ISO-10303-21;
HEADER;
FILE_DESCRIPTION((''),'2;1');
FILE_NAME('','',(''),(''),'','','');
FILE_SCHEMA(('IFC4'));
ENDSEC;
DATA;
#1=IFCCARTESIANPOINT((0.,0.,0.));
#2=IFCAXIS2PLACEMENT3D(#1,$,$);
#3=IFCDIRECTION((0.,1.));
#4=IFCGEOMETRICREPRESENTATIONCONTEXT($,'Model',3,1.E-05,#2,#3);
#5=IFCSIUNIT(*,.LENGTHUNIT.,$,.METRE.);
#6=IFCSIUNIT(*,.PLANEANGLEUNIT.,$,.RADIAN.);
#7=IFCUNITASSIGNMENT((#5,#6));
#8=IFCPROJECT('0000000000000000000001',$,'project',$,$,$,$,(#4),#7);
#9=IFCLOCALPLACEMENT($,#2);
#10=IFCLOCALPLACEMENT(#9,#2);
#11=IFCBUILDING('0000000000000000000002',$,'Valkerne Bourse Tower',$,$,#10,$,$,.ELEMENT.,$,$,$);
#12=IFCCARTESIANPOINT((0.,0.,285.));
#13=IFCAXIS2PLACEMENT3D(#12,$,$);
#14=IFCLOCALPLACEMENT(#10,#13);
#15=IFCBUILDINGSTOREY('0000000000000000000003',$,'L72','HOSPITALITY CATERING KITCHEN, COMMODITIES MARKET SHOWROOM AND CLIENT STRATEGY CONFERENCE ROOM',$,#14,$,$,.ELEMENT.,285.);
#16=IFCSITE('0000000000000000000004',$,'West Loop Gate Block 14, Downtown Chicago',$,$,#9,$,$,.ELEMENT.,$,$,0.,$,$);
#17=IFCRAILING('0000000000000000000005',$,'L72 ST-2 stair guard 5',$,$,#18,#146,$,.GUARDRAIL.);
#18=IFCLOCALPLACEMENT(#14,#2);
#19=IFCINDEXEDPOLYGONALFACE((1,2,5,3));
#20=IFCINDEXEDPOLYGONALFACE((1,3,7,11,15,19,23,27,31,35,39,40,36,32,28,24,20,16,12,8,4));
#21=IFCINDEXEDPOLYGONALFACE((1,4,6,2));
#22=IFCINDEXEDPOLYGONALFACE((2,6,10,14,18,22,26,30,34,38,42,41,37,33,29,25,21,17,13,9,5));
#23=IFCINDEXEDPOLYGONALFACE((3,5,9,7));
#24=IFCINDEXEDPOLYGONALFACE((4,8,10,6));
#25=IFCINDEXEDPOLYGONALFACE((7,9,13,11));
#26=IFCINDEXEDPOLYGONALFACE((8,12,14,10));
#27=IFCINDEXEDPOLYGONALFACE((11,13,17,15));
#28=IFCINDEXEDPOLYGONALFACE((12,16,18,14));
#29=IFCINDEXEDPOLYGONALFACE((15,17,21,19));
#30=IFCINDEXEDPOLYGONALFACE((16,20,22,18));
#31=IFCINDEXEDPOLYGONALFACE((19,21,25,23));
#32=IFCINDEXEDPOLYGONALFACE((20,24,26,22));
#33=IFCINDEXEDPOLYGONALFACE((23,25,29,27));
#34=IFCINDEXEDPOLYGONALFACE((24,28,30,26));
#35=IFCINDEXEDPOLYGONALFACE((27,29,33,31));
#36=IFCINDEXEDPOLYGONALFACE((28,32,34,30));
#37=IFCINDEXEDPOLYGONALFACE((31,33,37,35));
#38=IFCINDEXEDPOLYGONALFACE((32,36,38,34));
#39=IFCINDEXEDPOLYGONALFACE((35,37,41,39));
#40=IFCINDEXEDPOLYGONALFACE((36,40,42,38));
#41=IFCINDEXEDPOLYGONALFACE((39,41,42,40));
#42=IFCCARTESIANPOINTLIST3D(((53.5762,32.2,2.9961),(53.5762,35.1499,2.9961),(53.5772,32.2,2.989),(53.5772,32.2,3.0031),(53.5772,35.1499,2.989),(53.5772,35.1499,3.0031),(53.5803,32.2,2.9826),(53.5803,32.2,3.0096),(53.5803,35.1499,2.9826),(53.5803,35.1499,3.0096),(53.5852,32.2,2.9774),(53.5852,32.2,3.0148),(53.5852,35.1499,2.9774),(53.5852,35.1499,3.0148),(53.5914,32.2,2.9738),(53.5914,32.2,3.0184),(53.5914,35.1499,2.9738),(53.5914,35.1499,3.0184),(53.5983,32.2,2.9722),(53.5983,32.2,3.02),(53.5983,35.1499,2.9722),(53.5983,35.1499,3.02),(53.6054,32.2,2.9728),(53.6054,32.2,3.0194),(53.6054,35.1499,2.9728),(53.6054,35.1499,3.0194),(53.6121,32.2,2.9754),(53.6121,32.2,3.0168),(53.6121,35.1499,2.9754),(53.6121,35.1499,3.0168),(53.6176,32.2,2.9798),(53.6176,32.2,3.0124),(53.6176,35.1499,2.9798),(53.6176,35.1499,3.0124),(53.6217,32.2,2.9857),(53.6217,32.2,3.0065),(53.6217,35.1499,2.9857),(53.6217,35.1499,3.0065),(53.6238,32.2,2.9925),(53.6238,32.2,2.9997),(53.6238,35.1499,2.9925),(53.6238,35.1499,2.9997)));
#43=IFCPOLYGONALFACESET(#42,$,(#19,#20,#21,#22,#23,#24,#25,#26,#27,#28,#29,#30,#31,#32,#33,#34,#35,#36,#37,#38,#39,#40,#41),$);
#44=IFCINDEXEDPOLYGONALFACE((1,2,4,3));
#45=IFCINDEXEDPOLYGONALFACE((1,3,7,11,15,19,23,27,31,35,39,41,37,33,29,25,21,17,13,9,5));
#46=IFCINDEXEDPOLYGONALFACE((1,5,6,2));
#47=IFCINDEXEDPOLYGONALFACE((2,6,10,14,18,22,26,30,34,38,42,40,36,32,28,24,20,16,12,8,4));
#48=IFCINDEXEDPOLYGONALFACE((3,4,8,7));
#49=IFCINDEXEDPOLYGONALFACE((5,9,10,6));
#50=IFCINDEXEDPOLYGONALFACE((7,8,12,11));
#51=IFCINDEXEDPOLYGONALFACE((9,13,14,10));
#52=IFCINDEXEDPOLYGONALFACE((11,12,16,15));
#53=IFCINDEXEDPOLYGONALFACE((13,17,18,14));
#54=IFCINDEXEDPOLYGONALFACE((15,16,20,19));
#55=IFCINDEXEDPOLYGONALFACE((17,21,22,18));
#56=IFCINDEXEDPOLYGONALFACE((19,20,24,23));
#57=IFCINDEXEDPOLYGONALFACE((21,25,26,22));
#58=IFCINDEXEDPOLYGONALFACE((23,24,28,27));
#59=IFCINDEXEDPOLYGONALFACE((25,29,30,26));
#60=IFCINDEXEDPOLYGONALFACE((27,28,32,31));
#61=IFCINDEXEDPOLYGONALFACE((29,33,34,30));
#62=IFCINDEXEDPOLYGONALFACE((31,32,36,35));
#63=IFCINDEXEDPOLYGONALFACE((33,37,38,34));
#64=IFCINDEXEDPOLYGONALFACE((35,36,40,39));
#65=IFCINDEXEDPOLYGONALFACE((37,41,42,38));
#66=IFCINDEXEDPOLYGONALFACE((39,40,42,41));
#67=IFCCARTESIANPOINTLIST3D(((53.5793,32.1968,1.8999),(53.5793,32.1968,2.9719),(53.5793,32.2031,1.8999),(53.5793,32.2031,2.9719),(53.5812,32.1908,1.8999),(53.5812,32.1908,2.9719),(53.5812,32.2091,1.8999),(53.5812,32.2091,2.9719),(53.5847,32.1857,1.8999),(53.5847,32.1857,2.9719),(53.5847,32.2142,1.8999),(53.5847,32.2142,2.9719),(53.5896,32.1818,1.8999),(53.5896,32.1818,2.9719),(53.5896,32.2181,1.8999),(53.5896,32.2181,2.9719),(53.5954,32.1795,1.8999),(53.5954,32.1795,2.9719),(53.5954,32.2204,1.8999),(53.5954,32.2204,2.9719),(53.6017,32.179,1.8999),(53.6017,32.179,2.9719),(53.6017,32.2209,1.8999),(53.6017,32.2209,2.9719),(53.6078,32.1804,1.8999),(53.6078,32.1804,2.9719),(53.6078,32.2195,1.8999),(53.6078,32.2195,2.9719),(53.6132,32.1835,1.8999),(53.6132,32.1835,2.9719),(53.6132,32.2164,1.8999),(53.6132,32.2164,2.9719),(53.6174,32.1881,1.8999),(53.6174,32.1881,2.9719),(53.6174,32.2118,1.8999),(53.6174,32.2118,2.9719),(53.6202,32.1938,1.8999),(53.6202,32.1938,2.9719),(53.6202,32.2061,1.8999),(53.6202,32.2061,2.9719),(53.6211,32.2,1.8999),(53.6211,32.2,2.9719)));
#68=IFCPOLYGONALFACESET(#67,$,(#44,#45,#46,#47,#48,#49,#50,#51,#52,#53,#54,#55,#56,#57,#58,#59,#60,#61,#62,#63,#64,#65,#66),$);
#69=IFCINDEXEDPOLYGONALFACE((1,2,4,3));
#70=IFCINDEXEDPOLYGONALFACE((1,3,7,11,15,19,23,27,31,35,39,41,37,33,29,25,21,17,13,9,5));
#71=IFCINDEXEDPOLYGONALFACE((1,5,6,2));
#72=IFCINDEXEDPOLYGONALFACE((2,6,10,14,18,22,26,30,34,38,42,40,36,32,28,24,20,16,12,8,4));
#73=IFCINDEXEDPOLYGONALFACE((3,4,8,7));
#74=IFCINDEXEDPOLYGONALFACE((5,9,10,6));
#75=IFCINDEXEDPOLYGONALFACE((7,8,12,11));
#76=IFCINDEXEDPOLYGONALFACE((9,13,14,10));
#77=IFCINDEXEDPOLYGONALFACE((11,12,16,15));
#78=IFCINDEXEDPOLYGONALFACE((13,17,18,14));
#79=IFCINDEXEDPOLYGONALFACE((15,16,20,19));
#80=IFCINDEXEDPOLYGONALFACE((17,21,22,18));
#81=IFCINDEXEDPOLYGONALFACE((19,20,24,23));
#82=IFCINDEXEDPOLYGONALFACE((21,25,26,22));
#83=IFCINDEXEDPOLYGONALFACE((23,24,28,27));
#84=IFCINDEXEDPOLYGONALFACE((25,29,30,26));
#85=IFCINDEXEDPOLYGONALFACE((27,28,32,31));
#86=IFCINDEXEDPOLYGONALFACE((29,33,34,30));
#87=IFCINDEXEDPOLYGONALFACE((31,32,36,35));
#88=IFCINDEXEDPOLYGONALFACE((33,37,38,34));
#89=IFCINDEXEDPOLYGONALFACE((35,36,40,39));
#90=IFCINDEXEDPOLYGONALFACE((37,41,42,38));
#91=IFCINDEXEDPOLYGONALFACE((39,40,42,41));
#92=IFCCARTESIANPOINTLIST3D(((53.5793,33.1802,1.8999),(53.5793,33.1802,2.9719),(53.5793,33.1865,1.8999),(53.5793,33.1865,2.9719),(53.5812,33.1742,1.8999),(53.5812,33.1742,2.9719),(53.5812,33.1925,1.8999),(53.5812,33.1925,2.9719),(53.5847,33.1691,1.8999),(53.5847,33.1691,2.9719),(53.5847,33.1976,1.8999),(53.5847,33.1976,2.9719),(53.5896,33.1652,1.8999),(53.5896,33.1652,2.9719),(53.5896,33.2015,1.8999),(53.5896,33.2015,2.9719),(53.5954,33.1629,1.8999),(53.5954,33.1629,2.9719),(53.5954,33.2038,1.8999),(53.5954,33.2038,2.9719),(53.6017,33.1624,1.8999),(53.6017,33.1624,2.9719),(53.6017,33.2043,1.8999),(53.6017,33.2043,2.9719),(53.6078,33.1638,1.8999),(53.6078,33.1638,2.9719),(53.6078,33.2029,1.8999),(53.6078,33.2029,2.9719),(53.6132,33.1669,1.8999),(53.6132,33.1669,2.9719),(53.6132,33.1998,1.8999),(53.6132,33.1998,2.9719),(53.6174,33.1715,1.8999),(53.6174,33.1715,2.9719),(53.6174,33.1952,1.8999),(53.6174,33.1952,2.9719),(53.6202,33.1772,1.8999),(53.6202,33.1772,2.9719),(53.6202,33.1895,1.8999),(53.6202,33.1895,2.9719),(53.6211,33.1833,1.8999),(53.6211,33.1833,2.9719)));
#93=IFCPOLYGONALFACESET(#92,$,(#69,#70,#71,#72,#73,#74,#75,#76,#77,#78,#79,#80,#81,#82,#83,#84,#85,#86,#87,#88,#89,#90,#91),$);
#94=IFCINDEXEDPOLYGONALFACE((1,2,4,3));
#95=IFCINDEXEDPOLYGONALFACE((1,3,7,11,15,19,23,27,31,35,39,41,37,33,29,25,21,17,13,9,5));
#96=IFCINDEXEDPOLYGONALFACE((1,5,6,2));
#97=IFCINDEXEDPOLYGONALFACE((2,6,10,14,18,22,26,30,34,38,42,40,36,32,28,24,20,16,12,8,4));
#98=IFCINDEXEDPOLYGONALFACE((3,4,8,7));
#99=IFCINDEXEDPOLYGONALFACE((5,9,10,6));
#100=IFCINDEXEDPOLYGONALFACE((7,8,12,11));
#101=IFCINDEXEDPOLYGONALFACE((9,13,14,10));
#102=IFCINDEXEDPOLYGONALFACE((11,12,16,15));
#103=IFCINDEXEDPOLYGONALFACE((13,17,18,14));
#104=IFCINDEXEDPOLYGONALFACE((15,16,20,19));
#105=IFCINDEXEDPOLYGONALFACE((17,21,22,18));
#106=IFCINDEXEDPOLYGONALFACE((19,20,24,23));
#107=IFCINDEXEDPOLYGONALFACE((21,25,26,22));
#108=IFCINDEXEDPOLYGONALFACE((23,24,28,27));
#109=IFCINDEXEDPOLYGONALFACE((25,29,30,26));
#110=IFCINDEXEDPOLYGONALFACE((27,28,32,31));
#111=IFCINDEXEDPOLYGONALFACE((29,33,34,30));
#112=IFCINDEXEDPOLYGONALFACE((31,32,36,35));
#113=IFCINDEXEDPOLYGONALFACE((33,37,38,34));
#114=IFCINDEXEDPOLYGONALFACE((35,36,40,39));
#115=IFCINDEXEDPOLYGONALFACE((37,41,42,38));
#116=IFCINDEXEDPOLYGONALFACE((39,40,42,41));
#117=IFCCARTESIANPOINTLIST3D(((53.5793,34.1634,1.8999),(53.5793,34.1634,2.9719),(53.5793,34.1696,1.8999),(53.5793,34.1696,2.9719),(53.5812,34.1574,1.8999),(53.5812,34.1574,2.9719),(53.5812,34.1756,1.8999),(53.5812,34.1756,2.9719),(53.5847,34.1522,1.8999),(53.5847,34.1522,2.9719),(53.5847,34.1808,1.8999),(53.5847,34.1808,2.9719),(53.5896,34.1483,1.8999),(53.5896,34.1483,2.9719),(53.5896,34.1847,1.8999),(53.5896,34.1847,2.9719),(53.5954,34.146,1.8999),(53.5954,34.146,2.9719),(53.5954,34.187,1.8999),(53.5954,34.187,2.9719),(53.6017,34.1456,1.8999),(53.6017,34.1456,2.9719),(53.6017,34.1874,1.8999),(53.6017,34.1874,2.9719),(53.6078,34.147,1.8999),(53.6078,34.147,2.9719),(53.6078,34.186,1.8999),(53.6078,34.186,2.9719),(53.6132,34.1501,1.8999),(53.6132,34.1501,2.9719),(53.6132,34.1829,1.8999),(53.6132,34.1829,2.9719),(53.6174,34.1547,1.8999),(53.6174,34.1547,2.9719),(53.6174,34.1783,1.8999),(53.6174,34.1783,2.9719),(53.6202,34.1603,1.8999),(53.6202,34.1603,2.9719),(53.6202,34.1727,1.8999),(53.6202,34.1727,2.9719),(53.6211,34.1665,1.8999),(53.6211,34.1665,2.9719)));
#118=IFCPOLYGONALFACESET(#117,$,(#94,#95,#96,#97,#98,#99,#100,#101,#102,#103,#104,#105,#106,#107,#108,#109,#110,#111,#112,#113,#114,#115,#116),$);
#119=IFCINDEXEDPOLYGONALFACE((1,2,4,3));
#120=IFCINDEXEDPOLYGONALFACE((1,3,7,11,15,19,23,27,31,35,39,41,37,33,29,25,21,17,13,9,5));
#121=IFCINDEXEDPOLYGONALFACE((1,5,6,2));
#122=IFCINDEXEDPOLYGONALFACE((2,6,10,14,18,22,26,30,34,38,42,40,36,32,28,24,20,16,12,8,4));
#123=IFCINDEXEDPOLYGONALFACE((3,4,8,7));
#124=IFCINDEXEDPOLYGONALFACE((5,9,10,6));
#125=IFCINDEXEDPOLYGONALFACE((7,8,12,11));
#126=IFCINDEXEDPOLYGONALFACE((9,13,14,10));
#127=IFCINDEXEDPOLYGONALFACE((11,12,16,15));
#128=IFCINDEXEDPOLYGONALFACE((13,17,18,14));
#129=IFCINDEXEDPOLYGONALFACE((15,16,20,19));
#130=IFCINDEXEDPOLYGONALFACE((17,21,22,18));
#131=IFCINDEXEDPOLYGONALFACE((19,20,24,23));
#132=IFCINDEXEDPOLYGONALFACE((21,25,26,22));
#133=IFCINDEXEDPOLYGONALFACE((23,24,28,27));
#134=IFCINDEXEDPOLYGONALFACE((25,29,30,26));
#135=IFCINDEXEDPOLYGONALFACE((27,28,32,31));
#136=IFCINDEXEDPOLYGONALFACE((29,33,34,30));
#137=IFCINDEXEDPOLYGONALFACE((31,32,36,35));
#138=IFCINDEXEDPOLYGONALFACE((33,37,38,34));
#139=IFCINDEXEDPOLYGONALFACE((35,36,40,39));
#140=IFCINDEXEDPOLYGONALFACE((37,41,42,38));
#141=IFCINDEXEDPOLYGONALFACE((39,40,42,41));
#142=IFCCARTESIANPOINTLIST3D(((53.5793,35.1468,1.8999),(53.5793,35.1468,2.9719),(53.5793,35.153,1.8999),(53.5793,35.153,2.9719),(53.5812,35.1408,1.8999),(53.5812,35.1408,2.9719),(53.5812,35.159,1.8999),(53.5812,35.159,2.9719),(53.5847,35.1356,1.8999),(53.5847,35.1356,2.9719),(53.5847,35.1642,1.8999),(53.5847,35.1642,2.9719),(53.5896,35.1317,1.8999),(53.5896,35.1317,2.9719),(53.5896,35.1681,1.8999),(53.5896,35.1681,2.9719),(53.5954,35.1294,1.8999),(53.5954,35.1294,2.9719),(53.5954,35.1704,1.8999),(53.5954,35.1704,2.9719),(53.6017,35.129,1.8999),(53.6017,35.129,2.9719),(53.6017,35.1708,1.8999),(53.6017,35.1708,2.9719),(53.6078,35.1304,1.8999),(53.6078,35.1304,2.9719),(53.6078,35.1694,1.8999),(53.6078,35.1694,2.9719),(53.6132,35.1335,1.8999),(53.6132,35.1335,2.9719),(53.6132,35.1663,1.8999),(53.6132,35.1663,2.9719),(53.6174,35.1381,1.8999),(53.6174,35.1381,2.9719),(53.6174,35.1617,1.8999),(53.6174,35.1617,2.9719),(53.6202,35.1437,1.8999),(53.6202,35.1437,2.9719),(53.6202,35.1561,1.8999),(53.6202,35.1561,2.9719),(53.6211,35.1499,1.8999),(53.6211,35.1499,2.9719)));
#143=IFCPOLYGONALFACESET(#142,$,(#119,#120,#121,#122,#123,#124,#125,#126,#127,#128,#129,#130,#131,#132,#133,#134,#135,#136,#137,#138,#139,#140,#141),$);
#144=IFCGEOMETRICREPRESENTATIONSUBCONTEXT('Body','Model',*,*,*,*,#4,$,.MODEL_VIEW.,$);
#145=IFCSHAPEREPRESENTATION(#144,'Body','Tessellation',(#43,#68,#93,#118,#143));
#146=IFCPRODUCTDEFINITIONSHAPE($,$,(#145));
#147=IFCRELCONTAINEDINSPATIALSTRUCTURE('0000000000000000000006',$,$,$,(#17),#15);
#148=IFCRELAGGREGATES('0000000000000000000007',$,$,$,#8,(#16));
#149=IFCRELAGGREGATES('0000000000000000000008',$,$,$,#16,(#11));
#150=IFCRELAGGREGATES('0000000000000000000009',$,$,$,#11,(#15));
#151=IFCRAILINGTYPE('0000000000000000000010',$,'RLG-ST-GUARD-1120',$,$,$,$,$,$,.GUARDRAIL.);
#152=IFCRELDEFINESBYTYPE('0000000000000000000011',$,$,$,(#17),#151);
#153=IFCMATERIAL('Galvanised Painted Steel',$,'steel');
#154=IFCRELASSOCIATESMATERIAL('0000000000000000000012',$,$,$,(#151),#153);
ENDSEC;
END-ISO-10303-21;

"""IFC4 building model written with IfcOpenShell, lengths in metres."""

from ifc_helpers import new_model, si_unit, direction, frame, origin, origin_2d, place, context, subcontext, project, spatial, circle, extrude, material, type_object, element, save


model = new_model("IFC4")

# Units and contexts
model_context = context("Model", 3, precision=1e-05, world=origin(), true_north=direction((0.0, 1.0)))
body_context = subcontext(model_context, "Body", "Model", "MODEL_VIEW")
ifc_project = project(units=[si_unit("LENGTHUNIT", "METRE"), si_unit("PLANEANGLEUNIT", "RADIAN")], contexts=[model_context])

# Site, building, storey
site_placement = place(None, origin())
site = spatial("IfcSite", under=ifc_project, at=site_placement, Name="West Loop Gate Block 14, Downtown Chicago", CompositionType="ELEMENT", RefElevation=0.0)
building_placement = place(site_placement, origin())
building = spatial("IfcBuilding", under=site, at=building_placement, Name="Valkerne Bourse Tower", CompositionType="ELEMENT")
storey_placement = place(building_placement, frame((0.0, 0.0, 285.0)))
storey = spatial("IfcBuildingStorey", under=building, at=storey_placement, Name="L72", Description="HOSPITALITY CATERING KITCHEN, COMMODITIES MARKET SHOWROOM AND CLIENT STRATEGY CONFERENCE ROOM", CompositionType="ELEMENT", Elevation=285.0)

# Railing
ifc_material_1 = material(Name="Galvanised Painted Steel", Category="steel")
railing_type = type_object("IfcRailingType", Name="RLG-ST-GUARD-1120", PredefinedType="GUARDRAIL", material=ifc_material_1)
railing_1_placement = place(storey_placement, frame((53.6001, 32.2, 1.8999)))
element("IfcRailing", 1, at=railing_1_placement, inside=storey, type_object=railing_type, Name="L72 ST-2 stair guard 5", PredefinedType="GUARDRAIL", context=body_context, shape_type="SweptSolid", body=[
    extrude(circle(Radius=0.0239, at=origin_2d()), frame((0.0, 0.0, 1.0962), z_axis=(0.0, 1.0, 0.0), x_axis=(-1.0, 0.0, 0.0)), (0.0, 0.0, 1.0), 2.95),
    extrude(circle(Radius=0.021, at=origin_2d()), origin(), (0.0, 0.0, 1.0), 1.072),
    extrude(circle(Radius=0.021, at=origin_2d()), frame((0.0, 0.9834, 0.0)), (0.0, 0.0, 1.0), 1.072),
    extrude(circle(Radius=0.021, at=origin_2d()), frame((0.0, 1.9666, 0.0)), (0.0, 0.0, 1.0), 1.072),
    extrude(circle(Radius=0.021, at=origin_2d()), frame((0.0, 2.95, 0.0)), (0.0, 0.0, 1.0), 1.072),
])

save(model, "model.ifc")
